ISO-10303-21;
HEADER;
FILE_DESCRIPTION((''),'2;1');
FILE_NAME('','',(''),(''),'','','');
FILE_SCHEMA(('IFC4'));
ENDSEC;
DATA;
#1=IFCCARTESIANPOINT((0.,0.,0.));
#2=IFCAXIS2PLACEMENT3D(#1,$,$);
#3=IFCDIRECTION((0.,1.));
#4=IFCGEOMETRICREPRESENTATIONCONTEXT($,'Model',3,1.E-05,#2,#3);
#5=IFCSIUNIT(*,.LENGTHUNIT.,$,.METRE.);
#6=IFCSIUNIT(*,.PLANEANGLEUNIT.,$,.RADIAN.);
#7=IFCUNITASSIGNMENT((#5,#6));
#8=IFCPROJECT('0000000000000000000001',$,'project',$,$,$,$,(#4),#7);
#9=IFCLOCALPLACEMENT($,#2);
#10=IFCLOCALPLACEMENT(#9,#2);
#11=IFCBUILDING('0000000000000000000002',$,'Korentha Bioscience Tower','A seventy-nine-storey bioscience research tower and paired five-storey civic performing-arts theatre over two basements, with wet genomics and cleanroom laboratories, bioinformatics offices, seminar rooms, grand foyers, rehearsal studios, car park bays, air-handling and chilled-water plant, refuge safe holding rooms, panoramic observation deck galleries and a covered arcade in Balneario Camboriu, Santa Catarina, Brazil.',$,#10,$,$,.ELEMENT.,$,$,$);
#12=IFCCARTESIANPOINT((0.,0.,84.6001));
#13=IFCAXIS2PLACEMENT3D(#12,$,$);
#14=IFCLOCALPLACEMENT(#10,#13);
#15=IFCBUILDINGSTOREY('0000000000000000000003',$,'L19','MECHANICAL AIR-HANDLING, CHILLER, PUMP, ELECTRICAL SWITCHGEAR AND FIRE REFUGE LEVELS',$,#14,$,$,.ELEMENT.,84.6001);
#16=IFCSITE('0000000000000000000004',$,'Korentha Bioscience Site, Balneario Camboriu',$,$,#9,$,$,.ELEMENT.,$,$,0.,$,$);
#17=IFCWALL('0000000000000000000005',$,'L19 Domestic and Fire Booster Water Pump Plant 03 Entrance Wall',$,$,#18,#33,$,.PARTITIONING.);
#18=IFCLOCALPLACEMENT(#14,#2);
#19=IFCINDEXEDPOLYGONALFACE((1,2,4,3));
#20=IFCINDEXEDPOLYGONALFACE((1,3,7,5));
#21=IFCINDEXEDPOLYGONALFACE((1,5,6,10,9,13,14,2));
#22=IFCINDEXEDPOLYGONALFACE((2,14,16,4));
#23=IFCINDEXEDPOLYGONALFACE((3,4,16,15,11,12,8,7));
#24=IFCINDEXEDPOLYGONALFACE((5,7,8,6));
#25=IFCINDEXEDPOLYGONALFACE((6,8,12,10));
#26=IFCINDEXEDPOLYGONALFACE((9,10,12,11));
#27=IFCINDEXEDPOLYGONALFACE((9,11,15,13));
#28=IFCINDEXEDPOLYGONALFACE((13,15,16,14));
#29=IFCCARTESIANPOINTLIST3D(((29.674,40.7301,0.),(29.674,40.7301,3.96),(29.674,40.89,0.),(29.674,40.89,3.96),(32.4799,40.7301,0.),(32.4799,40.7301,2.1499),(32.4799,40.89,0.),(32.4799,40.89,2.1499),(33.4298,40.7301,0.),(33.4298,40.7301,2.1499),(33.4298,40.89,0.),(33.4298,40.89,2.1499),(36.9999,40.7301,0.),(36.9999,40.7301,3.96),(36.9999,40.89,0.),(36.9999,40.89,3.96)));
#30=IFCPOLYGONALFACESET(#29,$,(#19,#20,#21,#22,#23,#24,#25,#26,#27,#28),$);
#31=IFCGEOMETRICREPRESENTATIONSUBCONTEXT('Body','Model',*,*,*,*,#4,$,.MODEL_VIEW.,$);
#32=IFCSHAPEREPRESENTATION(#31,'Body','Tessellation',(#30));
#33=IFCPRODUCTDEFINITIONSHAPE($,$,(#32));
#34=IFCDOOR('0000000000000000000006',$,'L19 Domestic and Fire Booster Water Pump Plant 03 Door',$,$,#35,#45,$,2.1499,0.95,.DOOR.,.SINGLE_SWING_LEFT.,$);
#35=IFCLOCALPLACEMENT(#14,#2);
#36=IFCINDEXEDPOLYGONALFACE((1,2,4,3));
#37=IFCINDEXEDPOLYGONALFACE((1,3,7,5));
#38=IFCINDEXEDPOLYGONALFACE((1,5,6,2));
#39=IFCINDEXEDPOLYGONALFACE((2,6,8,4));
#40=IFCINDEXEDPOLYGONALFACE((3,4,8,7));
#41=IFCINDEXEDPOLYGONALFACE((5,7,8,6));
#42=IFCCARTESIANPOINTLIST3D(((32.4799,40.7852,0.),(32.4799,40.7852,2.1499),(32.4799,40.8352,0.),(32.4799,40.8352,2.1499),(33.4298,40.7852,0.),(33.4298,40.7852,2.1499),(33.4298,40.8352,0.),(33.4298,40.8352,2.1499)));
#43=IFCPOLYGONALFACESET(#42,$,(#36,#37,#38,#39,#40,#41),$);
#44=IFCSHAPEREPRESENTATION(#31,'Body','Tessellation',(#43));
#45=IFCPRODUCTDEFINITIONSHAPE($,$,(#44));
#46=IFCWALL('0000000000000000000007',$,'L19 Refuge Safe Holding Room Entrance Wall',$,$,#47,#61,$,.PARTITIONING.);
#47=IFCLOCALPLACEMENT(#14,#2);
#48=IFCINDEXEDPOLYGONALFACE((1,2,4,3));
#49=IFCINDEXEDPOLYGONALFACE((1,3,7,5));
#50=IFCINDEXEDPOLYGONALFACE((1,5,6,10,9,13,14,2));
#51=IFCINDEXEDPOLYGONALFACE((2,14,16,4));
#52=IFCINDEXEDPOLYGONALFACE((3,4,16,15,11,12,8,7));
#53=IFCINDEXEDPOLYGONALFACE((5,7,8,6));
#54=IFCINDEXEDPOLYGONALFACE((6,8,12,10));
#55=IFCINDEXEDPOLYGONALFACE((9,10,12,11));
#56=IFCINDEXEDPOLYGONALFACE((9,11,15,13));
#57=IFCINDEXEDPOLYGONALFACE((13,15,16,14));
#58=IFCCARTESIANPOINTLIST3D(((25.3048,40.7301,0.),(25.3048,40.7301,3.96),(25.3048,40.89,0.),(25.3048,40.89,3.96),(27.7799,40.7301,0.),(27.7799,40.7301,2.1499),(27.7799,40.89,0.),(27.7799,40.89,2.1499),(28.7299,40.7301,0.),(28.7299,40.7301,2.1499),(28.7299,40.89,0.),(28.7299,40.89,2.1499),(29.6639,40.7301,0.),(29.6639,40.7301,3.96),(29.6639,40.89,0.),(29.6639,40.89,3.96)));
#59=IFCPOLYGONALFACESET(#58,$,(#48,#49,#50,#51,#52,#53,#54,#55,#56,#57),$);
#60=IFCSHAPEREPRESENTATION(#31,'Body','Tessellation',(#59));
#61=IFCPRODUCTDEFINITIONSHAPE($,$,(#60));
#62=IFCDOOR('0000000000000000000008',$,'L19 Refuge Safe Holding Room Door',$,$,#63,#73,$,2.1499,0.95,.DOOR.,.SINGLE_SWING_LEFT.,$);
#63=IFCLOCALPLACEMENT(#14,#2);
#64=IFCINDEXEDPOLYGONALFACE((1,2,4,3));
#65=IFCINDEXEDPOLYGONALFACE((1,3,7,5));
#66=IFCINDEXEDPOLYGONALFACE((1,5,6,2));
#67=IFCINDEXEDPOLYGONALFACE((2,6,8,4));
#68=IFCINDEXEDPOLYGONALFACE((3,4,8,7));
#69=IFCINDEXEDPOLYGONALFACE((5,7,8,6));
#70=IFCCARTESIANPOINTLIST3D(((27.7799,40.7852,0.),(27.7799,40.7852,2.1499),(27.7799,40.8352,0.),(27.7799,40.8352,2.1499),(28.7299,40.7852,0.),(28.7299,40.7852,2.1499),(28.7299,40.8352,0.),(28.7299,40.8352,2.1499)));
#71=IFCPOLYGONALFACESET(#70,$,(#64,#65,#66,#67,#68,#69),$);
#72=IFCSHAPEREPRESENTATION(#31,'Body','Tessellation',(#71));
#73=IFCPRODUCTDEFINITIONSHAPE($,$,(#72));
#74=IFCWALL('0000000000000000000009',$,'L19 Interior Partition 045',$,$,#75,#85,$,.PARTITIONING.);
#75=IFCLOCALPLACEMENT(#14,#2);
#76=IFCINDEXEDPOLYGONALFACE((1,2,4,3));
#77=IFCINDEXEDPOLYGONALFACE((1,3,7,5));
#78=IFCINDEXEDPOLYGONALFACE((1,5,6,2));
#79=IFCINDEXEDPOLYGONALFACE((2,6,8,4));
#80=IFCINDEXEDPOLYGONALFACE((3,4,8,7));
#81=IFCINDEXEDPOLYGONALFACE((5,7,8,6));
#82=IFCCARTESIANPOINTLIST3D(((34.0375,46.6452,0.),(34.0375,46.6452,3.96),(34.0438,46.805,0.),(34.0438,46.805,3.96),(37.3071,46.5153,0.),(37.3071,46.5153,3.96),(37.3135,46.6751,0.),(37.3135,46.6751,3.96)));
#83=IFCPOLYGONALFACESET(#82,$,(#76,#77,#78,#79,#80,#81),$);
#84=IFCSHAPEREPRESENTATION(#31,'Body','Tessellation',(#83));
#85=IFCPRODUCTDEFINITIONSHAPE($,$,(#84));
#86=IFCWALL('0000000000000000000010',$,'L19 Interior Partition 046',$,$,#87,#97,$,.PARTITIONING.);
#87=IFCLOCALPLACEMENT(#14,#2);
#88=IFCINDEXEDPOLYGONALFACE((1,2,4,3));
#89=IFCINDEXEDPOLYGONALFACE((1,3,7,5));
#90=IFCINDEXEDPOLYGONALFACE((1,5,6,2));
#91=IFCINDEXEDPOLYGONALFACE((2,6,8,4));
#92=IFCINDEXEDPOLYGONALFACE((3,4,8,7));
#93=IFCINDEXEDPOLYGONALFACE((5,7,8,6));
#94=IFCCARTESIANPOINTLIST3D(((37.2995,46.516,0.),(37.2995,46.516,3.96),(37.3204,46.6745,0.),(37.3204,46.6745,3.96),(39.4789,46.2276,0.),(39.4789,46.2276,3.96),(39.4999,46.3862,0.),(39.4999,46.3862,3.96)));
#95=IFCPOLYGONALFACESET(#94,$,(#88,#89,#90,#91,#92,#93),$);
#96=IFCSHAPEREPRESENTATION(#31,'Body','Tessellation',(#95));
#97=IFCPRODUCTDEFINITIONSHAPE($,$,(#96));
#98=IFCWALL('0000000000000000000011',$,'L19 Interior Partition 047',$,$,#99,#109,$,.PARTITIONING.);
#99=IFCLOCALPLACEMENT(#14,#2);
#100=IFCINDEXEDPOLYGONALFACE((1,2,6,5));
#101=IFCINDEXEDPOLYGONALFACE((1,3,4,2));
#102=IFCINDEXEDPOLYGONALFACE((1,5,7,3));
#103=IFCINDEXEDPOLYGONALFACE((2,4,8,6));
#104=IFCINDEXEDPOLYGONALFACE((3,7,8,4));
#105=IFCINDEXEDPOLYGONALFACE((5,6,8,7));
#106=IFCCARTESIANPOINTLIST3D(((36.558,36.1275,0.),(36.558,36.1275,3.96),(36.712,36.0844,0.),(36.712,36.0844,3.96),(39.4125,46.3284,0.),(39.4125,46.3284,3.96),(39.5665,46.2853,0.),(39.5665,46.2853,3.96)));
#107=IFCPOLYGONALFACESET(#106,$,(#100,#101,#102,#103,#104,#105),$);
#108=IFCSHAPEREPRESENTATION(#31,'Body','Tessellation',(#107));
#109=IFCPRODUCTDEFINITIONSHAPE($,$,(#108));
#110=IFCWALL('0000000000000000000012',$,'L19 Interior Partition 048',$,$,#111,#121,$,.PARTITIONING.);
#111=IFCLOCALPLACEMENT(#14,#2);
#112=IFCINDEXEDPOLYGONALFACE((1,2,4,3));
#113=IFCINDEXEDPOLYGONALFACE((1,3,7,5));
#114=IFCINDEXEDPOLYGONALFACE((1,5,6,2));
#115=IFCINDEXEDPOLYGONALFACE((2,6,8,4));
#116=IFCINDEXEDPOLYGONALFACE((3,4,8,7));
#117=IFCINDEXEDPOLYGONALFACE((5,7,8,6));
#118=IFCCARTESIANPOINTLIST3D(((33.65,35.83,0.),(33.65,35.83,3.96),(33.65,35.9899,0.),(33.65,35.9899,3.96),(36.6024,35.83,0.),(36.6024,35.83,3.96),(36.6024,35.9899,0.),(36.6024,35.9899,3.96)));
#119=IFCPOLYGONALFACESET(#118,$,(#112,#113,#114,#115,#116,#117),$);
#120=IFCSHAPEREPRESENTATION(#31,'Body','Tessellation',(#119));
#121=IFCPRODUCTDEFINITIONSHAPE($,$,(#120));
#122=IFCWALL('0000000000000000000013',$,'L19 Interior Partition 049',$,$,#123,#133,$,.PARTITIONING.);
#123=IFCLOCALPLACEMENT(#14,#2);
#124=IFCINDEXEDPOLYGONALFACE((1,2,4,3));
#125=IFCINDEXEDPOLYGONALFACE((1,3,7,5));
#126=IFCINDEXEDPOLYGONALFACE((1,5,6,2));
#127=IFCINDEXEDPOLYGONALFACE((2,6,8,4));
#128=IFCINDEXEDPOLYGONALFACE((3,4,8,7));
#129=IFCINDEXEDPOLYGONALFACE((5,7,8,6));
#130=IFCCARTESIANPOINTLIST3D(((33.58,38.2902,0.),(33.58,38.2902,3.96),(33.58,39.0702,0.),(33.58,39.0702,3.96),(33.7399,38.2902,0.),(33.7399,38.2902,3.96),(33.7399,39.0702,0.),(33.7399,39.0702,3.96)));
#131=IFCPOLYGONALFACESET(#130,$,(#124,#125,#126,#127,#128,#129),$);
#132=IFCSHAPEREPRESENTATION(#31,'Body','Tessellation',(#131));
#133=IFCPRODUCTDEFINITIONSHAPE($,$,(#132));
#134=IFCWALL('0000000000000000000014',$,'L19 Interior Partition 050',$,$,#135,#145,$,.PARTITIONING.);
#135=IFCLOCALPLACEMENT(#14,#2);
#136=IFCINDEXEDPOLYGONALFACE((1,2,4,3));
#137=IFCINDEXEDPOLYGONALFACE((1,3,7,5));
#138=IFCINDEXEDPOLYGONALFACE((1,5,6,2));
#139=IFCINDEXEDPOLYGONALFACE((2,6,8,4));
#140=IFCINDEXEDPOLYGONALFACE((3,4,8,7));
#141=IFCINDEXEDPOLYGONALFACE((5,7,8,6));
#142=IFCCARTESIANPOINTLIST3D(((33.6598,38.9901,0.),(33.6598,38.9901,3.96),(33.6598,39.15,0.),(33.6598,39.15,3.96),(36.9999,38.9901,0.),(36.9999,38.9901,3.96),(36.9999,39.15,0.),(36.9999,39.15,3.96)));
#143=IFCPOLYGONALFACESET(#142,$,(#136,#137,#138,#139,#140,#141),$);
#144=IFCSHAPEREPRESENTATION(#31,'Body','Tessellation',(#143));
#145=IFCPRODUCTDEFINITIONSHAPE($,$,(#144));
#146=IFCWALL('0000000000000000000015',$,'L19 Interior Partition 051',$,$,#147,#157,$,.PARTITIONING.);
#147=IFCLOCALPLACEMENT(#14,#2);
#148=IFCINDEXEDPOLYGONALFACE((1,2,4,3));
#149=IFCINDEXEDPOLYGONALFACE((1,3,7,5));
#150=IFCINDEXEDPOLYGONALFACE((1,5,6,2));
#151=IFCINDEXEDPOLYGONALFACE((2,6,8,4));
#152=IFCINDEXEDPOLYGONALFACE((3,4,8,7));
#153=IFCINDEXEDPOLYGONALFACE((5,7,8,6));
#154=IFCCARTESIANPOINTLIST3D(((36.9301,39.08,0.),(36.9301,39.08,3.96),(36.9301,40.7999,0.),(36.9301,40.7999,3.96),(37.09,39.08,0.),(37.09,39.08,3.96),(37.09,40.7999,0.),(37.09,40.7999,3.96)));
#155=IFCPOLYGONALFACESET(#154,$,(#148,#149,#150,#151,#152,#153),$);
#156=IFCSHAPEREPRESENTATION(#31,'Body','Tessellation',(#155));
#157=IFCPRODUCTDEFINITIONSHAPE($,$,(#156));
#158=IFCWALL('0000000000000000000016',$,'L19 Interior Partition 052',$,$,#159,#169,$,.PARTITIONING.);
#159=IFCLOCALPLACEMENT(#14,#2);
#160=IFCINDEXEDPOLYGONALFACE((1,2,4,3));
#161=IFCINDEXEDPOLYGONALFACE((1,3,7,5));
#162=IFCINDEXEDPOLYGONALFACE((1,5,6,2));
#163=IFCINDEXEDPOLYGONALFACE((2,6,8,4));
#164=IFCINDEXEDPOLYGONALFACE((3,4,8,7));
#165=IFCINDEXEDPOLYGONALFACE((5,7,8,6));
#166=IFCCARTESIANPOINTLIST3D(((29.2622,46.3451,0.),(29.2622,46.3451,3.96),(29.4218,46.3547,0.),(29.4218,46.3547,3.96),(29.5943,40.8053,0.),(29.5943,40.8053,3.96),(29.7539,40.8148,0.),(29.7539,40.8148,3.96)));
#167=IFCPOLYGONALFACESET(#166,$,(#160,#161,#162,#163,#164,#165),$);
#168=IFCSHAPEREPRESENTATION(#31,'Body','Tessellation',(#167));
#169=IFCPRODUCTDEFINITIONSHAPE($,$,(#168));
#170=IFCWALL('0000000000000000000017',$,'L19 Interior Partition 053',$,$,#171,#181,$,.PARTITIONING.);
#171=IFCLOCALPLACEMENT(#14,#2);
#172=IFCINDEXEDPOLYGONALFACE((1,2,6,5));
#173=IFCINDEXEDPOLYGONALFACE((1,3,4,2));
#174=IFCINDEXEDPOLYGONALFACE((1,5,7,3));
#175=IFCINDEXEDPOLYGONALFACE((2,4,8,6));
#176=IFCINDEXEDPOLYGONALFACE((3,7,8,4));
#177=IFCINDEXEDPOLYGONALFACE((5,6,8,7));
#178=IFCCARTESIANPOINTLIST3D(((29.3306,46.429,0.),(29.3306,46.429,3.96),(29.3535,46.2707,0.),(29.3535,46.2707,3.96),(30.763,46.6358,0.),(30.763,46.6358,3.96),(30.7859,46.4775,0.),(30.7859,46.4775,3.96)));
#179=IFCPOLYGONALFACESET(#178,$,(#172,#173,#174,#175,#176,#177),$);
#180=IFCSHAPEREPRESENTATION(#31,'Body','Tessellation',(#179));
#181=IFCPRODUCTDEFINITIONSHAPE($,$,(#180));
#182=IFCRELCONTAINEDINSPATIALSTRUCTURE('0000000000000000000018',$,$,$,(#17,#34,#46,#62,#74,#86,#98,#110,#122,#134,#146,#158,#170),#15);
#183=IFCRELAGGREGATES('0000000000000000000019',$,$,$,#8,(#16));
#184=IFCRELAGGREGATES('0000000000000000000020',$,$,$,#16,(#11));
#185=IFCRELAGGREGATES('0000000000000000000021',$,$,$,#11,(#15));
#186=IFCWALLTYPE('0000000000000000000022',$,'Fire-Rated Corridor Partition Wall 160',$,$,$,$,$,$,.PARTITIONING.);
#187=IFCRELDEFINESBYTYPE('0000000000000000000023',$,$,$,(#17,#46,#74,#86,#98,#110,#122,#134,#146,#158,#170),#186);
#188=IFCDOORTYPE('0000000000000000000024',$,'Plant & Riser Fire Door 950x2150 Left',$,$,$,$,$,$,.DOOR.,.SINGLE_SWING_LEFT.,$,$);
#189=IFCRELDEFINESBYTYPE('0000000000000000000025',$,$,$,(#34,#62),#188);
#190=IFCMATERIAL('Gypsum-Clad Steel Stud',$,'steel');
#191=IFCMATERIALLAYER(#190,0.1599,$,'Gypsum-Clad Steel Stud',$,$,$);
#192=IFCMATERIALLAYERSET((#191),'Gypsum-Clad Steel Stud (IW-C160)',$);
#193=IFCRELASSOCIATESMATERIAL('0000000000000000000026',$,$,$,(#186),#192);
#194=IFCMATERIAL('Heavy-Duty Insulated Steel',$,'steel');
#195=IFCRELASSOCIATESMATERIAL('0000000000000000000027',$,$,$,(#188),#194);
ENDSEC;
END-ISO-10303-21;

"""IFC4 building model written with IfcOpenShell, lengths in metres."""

from ifc_helpers import new_model, si_unit, direction, frame, frame_2d, origin, place, context, subcontext, project, spatial, rectangle, extrude, material, layer, layer_set, type_object, element, fill, save


model = new_model("IFC4")

# Units and contexts
model_context = context("Model", 3, precision=1e-05, world=origin(), true_north=direction((0.0, 1.0)))
body_context = subcontext(model_context, "Body", "Model", "MODEL_VIEW")
ifc_project = project(units=[si_unit("LENGTHUNIT", "METRE"), si_unit("PLANEANGLEUNIT", "RADIAN")], contexts=[model_context])

# Site, building, storey
site_placement = place(None, origin())
site = spatial("IfcSite", under=ifc_project, at=site_placement, Name="Korentha Bioscience Site, Balneario Camboriu", CompositionType="ELEMENT", RefElevation=0.0)
building_placement = place(site_placement, origin())
building = spatial("IfcBuilding", under=site, at=building_placement, Name="Korentha Bioscience Tower", Description="A seventy-nine-storey bioscience research tower and paired five-storey civic performing-arts theatre over two basements, with wet genomics and cleanroom laboratories, bioinformatics offices, seminar rooms, grand foyers, rehearsal studios, car park bays, air-handling and chilled-water plant, refuge safe holding rooms, panoramic observation deck galleries and a covered arcade in Balneario Camboriu, Santa Catarina, Brazil.", CompositionType="ELEMENT")
storey_placement = place(building_placement, frame((0.0, 0.0, 84.6001)))
storey = spatial("IfcBuildingStorey", under=building, at=storey_placement, Name="L19", Description="MECHANICAL AIR-HANDLING, CHILLER, PUMP, ELECTRICAL SWITCHGEAR AND FIRE REFUGE LEVELS", CompositionType="ELEMENT", Elevation=84.6001)

# Walls, openings, doors
ifc_material_1 = material(Name="Gypsum-Clad Steel Stud", Category="steel")
ifc_layer_1 = layer(ifc_material_1, 0.1599, Name="Gypsum-Clad Steel Stud")
ifc_layer_set_1 = layer_set([ifc_layer_1], Name="Gypsum-Clad Steel Stud (IW-C160)")
wall_type_1 = type_object("IfcWallType", Name="Fire-Rated Corridor Partition Wall 160", PredefinedType="PARTITIONING", material=ifc_layer_set_1)
wall_1_placement = place(storey_placement, frame((37.0, 40.8101, 0.0), z_axis=(0.0, 0.0, 1.0), x_axis=(-1.0, 0.0, 0.0)))
wall_1 = element("IfcWall", 1, at=wall_1_placement, inside=storey, type_object=wall_type_1, Name="L19 Domestic and Fire Booster Water Pump Plant 03 Entrance Wall", PredefinedType="PARTITIONING", context=body_context, shape_type="SweptSolid", body=[
    extrude(rectangle(XDim=7.3259, YDim=0.1599, at=frame_2d((3.6631, 0.0))), origin(), (0.0, 0.0, 1.0), 3.96),
])
opening_1_placement = place(wall_1_placement, frame((3.5701, 0.0, 0.0)))
opening_1 = element("IfcOpeningElement", 2, at=opening_1_placement, cuts=wall_1, PredefinedType="OPENING", context=body_context, shape_type="SweptSolid", body=[
    extrude(rectangle(XDim=0.95, YDim=2.1499, at=frame_2d((0.4751, 1.075))), frame((0.0, 0.0947, 0.0), z_axis=(0.0, -1.0, 0.0), x_axis=(1.0, 0.0, 0.0)), (0.0, 0.0, 1.0), 0.1897),
])
ifc_material_2 = material(Name="Heavy-Duty Insulated Steel", Category="steel")
door_type = type_object("IfcDoorType", Name="Plant & Riser Fire Door 950x2150 Left", OperationType="SINGLE_SWING_LEFT", PredefinedType="DOOR", material=ifc_material_2)
door_1_placement = place(opening_1_placement, origin())
door_1 = element("IfcDoor", 3, at=door_1_placement, inside=storey, type_object=door_type, Name="L19 Domestic and Fire Booster Water Pump Plant 03 Door", OperationType="SINGLE_SWING_LEFT", OverallHeight=2.1499, OverallWidth=0.95, PredefinedType="DOOR", context=body_context, shape_type="SweptSolid", body=[
    extrude(rectangle(XDim=0.95, YDim=2.1499, at=frame_2d((0.4751, 1.075))), frame((0.0, 0.0249, 0.0), z_axis=(0.0, -1.0, 0.0), x_axis=(1.0, 0.0, 0.0)), (0.0, 0.0, 1.0), 0.05),
])
fill(opening_1, door_1)
wall_2_placement = place(storey_placement, frame((29.6641, 40.8101, 0.0), z_axis=(0.0, 0.0, 1.0), x_axis=(-1.0, 0.0, 0.0)))
wall_2 = element("IfcWall", 4, at=wall_2_placement, inside=storey, type_object=wall_type_1, Name="L19 Refuge Safe Holding Room Entrance Wall", PredefinedType="PARTITIONING", context=body_context, shape_type="SweptSolid", body=[
    extrude(rectangle(XDim=4.3591, YDim=0.1599, at=frame_2d((2.1797, 0.0))), origin(), (0.0, 0.0, 1.0), 3.96),
])
opening_2_placement = place(wall_2_placement, frame((0.9341, 0.0, 0.0)))
opening_2 = element("IfcOpeningElement", 5, at=opening_2_placement, cuts=wall_2, PredefinedType="OPENING", context=body_context, shape_type="SweptSolid", body=[
    extrude(rectangle(XDim=0.95, YDim=2.1499, at=frame_2d((0.4751, 1.075))), frame((0.0, 0.0947, 0.0), z_axis=(0.0, -1.0, 0.0), x_axis=(1.0, 0.0, 0.0)), (0.0, 0.0, 1.0), 0.1897),
])
door_2_placement = place(opening_2_placement, origin())
door_2 = element("IfcDoor", 6, at=door_2_placement, inside=storey, type_object=door_type, Name="L19 Refuge Safe Holding Room Door", OperationType="SINGLE_SWING_LEFT", OverallHeight=2.1499, OverallWidth=0.95, PredefinedType="DOOR", context=body_context, shape_type="SweptSolid", body=[
    extrude(rectangle(XDim=0.95, YDim=2.1499, at=frame_2d((0.4751, 1.075))), frame((0.0, 0.0249, 0.0), z_axis=(0.0, -1.0, 0.0), x_axis=(1.0, 0.0, 0.0)), (0.0, 0.0, 1.0), 0.05),
])
fill(opening_2, door_2)

# Walls
wall_3_placement = place(storey_placement, frame((34.0405, 46.7251, 0.0), z_axis=(0.0, 0.0, 1.0), x_axis=(0.999212, -0.039694, 0.0)))
element("IfcWall", 7, at=wall_3_placement, inside=storey, type_object=wall_type_1, Name="L19 Interior Partition 045", PredefinedType="PARTITIONING", context=body_context, shape_type="SweptSolid", body=[
    extrude(rectangle(XDim=3.2722, YDim=0.1599, at=frame_2d((1.6362, 0.0))), origin(), (0.0, 0.0, 1.0), 3.96),
])
wall_4_placement = place(storey_placement, frame((37.3101, 46.5952, 0.0), z_axis=(0.0, 0.0, 1.0), x_axis=(0.991362, -0.131153, 0.0)))
element("IfcWall", 8, at=wall_4_placement, inside=storey, type_object=wall_type_1, Name="L19 Interior Partition 046", PredefinedType="PARTITIONING", context=body_context, shape_type="SweptSolid", body=[
    extrude(rectangle(XDim=2.1985, YDim=0.1599, at=frame_2d((1.0991, 0.0))), origin(), (0.0, 0.0, 1.0), 3.96),
])
wall_5_placement = place(storey_placement, frame((39.4895, 46.3069, 0.0), z_axis=(0.0, 0.0, 1.0), x_axis=(-0.269475, -0.963007, 0.0)))
element("IfcWall", 9, at=wall_5_placement, inside=storey, type_object=wall_type_1, Name="L19 Interior Partition 047", PredefinedType="PARTITIONING", context=body_context, shape_type="SweptSolid", body=[
    extrude(rectangle(XDim=10.5928, YDim=0.1599, at=frame_2d((5.2964, 0.0))), origin(), (0.0, 0.0, 1.0), 3.96),
])
wall_6_placement = place(storey_placement, frame((36.6023, 35.9099, 0.0), z_axis=(0.0, 0.0, 1.0), x_axis=(-1.0, 0.0, 0.0)))
element("IfcWall", 10, at=wall_6_placement, inside=storey, type_object=wall_type_1, Name="L19 Interior Partition 048", PredefinedType="PARTITIONING", context=body_context, shape_type="SweptSolid", body=[
    extrude(rectangle(XDim=2.9524, YDim=0.1599, at=frame_2d((1.4761, 0.0))), origin(), (0.0, 0.0, 1.0), 3.96),
])
wall_7_placement = place(storey_placement, frame((33.6599, 38.29, 0.0), z_axis=(0.0, 0.0, 1.0), x_axis=(0.0, 1.0, 0.0)))
element("IfcWall", 11, at=wall_7_placement, inside=storey, type_object=wall_type_1, Name="L19 Interior Partition 049", PredefinedType="PARTITIONING", context=body_context, shape_type="SweptSolid", body=[
    extrude(rectangle(XDim=0.78, YDim=0.1599, at=frame_2d((0.3901, 0.0))), origin(), (0.0, 0.0, 1.0), 3.96),
])
wall_8_placement = place(storey_placement, frame((33.6599, 39.0701, 0.0), z_axis=(0.0, 0.0, 1.0), x_axis=(1.0, 0.0, 0.0)))
element("IfcWall", 12, at=wall_8_placement, inside=storey, type_object=wall_type_1, Name="L19 Interior Partition 050", PredefinedType="PARTITIONING", context=body_context, shape_type="SweptSolid", body=[
    extrude(rectangle(XDim=3.3401, YDim=0.1599, at=frame_2d((1.6699, 0.0))), origin(), (0.0, 0.0, 1.0), 3.96),
])
wall_9_placement = place(storey_placement, frame((37.01, 39.0801, 0.0), z_axis=(0.0, 0.0, 1.0), x_axis=(0.0, 1.0, 0.0)))
element("IfcWall", 13, at=wall_9_placement, inside=storey, type_object=wall_type_1, Name="L19 Interior Partition 051", PredefinedType="PARTITIONING", context=body_context, shape_type="SweptSolid", body=[
    extrude(rectangle(XDim=1.72, YDim=0.1599, at=frame_2d((0.8599, 0.0))), origin(), (0.0, 0.0, 1.0), 3.96),
])
wall_10_placement = place(storey_placement, frame((29.6741, 40.8101, 0.0), z_axis=(0.0, 0.0, 1.0), x_axis=(-0.059828, 0.998209, 0.0)))
element("IfcWall", 14, at=wall_10_placement, inside=storey, type_object=wall_type_1, Name="L19 Interior Partition 052", PredefinedType="PARTITIONING", context=body_context, shape_type="SweptSolid", body=[
    extrude(rectangle(XDim=5.5498, YDim=0.1599, at=frame_2d((2.7749, 0.0))), origin(), (0.0, 0.0, 1.0), 3.96),
])
wall_11_placement = place(storey_placement, frame((29.342, 46.3499, 0.0), z_axis=(0.0, 0.0, 1.0), x_axis=(0.989739, 0.142885, 0.0)))
element("IfcWall", 15, at=wall_11_placement, inside=storey, type_object=wall_type_1, Name="L19 Interior Partition 053", PredefinedType="PARTITIONING", context=body_context, shape_type="SweptSolid", body=[
    extrude(rectangle(XDim=1.4473, YDim=0.1599, at=frame_2d((0.7236, 0.0))), origin(), (0.0, 0.0, 1.0), 3.96),
])

save(model, "model.ifc")
